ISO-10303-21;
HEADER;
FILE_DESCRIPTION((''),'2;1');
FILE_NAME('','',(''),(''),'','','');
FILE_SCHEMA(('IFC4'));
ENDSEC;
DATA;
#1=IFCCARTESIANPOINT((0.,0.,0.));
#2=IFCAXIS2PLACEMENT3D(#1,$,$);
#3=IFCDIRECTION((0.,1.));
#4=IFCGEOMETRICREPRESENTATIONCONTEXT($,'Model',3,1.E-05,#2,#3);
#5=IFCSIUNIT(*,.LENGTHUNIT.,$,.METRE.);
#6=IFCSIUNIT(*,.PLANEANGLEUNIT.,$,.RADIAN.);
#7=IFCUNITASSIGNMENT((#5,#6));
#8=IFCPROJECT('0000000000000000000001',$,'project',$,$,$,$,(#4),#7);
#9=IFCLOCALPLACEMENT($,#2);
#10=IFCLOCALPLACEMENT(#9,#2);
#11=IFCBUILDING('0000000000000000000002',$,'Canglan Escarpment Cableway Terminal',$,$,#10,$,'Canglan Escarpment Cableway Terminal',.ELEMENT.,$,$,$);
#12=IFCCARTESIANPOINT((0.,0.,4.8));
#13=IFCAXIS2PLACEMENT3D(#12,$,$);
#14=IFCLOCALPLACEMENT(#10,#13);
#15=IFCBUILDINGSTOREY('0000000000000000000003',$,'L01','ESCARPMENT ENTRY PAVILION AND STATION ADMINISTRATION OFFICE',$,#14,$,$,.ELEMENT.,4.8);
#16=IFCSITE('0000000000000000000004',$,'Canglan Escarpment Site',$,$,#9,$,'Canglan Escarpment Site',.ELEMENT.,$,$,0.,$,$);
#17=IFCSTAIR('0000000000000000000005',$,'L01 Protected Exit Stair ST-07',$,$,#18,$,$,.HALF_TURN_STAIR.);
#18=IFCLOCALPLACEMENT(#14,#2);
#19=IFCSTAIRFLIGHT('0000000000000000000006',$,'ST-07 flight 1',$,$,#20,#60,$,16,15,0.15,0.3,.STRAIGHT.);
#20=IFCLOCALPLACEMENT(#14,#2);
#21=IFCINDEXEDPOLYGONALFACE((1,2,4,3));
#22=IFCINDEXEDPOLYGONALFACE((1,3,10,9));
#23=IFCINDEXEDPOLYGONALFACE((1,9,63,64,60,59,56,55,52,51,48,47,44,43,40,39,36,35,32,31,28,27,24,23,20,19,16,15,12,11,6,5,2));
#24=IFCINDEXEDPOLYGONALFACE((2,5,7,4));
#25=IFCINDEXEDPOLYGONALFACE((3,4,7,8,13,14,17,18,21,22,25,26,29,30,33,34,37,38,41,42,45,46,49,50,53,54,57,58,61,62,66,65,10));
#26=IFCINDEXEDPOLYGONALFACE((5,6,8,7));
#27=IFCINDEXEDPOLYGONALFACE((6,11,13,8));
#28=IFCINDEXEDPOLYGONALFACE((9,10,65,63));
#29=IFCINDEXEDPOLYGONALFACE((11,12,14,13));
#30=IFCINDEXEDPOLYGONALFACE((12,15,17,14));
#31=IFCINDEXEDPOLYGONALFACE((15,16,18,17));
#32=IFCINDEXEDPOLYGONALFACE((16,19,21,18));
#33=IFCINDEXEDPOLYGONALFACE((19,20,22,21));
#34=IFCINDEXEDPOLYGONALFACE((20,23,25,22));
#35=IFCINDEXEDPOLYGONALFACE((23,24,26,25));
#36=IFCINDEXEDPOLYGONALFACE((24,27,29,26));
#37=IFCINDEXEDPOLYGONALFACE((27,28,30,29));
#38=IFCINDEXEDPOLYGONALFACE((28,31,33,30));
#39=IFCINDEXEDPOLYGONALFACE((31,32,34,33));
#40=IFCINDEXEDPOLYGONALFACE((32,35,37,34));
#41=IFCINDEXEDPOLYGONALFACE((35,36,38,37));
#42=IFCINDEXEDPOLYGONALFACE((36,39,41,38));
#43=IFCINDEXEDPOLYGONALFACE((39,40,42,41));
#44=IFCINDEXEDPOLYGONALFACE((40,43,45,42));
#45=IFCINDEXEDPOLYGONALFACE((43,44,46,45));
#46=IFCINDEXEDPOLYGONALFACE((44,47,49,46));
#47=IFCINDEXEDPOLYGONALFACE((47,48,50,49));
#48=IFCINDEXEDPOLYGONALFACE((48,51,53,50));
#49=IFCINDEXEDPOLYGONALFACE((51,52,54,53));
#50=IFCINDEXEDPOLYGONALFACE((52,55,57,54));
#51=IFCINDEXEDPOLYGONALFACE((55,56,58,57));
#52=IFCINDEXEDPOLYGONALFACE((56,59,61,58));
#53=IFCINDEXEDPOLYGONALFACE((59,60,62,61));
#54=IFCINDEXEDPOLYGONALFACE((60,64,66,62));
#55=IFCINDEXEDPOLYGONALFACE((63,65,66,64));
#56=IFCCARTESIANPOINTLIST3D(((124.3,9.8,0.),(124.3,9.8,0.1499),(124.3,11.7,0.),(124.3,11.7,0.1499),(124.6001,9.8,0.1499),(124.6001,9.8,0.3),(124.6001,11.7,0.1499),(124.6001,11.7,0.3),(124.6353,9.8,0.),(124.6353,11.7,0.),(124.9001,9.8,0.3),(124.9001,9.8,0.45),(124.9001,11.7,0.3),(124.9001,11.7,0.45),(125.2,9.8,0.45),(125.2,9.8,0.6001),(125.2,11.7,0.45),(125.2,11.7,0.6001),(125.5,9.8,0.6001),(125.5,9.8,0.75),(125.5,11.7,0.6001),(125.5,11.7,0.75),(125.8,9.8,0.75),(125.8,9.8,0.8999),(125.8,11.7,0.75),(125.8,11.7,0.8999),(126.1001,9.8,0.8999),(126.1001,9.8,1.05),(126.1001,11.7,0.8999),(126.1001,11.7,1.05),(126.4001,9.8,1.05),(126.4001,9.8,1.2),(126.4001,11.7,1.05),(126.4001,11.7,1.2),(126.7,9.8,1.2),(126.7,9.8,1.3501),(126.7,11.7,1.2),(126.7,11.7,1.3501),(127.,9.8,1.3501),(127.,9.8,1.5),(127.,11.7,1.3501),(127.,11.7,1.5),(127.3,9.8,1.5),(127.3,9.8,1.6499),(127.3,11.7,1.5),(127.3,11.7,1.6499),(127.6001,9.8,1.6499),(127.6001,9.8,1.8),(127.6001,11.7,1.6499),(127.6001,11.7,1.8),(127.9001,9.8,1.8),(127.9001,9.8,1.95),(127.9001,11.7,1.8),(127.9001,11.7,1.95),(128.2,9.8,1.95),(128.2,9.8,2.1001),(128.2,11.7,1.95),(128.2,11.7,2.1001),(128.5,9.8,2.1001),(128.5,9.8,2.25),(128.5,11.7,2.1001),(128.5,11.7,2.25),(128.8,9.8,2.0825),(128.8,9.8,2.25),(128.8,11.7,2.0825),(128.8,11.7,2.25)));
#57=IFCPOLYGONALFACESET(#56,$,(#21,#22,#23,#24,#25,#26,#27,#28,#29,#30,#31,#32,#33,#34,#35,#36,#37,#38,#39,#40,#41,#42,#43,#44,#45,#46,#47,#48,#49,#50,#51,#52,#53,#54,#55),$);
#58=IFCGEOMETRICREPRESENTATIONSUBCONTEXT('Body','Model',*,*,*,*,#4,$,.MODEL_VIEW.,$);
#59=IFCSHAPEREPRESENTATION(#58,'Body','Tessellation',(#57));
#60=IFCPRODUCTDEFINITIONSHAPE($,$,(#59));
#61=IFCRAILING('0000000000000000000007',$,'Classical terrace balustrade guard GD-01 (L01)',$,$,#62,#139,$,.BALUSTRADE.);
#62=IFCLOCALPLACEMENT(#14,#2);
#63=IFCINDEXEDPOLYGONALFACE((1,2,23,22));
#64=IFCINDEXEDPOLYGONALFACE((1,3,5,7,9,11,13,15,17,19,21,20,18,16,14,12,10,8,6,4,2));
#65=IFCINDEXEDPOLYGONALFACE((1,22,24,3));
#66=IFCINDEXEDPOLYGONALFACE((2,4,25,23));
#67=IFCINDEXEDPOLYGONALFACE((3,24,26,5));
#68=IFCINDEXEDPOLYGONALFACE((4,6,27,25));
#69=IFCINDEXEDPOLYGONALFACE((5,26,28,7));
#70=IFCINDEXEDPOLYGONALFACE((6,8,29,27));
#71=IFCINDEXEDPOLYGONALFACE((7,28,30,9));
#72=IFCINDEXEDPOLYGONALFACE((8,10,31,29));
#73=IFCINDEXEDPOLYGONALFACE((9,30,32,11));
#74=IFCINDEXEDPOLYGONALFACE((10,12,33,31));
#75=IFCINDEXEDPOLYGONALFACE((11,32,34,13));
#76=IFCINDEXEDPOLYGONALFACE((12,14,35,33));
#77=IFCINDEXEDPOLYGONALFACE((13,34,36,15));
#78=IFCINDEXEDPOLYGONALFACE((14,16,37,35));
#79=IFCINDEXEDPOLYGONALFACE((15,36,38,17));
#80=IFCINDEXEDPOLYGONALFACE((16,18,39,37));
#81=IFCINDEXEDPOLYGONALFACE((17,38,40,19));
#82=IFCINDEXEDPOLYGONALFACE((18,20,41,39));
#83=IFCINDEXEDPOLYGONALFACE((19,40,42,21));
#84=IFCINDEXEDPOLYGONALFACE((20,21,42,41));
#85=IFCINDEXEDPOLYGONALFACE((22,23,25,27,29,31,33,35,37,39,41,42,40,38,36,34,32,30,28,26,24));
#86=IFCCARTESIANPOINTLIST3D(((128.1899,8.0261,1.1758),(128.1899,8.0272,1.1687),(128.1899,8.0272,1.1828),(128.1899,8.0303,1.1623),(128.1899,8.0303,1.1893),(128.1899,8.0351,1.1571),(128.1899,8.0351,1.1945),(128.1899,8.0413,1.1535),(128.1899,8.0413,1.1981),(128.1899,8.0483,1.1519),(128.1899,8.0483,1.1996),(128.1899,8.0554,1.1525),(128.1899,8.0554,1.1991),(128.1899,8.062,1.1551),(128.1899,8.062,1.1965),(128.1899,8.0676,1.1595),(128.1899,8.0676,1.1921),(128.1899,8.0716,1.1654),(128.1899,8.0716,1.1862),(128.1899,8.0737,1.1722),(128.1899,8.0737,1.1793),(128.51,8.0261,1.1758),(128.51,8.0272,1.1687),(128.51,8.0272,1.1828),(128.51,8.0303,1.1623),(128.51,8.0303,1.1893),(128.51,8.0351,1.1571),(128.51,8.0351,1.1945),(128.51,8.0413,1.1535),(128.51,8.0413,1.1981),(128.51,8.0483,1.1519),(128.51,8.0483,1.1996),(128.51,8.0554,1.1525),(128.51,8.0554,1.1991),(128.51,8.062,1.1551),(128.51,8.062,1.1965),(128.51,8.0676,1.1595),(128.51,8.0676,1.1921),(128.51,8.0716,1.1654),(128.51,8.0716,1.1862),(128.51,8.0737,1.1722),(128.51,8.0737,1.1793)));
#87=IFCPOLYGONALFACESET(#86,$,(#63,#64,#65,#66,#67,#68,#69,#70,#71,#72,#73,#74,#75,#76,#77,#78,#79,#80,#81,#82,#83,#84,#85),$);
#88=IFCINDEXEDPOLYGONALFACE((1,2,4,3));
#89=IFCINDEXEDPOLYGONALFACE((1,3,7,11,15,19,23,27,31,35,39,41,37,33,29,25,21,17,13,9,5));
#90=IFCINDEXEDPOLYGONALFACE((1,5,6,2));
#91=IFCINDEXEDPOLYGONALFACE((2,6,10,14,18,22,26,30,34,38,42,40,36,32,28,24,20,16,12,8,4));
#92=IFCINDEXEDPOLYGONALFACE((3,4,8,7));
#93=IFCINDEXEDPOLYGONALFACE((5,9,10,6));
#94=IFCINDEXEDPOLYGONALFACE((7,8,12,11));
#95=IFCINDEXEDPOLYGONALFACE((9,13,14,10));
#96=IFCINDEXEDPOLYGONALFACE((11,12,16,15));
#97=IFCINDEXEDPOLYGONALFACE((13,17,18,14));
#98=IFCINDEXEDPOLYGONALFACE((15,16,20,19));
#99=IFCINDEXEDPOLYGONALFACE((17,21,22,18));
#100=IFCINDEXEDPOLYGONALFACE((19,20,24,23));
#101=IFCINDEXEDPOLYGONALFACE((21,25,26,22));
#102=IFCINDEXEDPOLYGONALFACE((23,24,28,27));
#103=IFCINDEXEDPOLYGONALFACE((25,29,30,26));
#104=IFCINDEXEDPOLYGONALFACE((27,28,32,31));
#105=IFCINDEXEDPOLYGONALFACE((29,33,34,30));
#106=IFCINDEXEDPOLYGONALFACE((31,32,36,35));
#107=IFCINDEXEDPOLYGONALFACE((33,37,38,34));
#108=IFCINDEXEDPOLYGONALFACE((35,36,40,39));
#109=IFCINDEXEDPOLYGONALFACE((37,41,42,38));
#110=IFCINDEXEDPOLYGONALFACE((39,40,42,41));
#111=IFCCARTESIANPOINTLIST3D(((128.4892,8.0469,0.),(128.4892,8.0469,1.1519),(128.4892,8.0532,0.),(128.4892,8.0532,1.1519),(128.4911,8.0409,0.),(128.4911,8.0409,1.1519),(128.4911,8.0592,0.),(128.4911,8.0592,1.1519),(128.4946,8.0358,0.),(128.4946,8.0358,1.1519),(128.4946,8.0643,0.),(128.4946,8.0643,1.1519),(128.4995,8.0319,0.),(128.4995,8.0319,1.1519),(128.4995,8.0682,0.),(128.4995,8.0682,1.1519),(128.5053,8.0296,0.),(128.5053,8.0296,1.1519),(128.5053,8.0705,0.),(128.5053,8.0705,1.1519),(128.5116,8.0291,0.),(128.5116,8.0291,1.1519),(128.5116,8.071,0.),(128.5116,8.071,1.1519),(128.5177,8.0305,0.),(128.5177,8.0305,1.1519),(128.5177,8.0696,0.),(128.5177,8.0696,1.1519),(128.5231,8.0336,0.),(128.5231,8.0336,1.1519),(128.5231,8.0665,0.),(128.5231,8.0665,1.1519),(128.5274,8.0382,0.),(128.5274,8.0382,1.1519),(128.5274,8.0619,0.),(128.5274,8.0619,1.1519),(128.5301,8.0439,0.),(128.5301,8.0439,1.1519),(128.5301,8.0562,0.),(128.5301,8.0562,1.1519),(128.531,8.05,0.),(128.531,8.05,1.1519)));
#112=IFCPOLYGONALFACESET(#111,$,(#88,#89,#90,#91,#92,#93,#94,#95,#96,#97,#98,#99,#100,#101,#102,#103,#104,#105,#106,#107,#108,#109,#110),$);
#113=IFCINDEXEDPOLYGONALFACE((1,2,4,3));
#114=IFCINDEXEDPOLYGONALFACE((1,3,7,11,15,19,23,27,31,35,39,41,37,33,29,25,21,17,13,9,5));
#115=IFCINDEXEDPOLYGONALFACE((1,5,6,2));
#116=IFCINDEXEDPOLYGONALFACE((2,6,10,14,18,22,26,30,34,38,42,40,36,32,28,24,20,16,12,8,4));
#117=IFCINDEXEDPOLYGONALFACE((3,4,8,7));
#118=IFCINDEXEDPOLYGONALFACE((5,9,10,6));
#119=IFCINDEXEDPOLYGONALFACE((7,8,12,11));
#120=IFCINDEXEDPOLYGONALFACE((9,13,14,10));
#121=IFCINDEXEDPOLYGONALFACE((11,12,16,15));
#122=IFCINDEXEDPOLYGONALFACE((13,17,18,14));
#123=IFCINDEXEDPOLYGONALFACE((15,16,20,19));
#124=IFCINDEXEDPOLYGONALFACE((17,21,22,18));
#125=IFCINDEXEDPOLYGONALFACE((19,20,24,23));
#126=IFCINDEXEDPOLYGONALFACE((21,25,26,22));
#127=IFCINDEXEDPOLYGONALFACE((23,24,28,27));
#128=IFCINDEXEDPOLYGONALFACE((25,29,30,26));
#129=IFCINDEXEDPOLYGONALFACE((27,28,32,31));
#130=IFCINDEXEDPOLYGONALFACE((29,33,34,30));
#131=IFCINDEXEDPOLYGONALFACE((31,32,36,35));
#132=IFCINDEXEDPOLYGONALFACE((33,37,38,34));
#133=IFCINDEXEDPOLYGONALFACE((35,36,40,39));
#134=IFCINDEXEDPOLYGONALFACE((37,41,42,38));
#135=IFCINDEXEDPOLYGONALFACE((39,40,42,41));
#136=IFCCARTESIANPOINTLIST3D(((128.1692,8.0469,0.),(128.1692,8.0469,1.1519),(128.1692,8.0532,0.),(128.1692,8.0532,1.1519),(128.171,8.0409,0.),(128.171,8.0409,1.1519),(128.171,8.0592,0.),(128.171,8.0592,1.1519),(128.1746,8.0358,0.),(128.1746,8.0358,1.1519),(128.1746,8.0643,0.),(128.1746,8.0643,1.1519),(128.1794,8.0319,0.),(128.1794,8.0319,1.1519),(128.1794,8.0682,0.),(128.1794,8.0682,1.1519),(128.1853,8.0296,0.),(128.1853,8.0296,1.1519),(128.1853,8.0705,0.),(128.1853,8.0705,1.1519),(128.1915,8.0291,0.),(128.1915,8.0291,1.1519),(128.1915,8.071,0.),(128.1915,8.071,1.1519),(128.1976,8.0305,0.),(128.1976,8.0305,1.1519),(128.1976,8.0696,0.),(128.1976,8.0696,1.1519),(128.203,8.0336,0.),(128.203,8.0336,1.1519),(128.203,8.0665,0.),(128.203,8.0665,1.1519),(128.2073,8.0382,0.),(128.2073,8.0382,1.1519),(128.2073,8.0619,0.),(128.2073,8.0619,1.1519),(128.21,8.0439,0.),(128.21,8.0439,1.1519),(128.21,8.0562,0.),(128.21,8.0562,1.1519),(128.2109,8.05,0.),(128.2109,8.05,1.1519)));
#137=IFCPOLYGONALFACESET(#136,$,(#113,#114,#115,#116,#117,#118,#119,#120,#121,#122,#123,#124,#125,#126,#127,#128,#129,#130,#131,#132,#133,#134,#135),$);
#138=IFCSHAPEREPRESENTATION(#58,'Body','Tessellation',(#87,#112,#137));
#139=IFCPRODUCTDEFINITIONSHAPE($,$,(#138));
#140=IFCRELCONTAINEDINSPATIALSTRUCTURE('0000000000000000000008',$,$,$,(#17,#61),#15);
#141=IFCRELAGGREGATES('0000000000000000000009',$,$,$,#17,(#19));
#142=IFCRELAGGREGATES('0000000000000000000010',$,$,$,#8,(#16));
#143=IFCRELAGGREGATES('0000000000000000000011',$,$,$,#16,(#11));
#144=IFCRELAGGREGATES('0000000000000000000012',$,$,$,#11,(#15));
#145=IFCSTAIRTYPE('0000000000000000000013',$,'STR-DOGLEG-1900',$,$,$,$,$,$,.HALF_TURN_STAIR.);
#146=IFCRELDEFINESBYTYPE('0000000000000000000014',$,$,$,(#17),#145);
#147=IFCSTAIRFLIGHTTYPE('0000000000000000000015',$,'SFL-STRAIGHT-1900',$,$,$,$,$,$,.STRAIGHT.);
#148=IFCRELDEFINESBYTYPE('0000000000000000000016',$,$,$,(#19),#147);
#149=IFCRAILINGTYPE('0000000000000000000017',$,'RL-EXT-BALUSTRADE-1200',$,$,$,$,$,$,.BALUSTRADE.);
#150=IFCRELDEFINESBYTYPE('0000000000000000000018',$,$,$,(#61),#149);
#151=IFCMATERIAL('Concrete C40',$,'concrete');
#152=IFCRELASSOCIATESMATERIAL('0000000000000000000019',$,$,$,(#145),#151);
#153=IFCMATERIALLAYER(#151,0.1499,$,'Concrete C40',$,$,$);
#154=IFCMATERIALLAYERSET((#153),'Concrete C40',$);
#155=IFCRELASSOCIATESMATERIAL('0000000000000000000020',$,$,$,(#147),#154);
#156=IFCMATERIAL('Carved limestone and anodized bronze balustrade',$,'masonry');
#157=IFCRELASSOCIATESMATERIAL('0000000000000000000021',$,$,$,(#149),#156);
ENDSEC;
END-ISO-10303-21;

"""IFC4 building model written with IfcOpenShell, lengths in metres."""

from ifc_helpers import new_model, si_unit, direction, frame, origin, origin_2d, place, context, subcontext, project, spatial, polyline, circle, outline, extrude, material, layer, layer_set, type_object, element, aggregate, save


model = new_model("IFC4")

# Units and contexts
model_context = context("Model", 3, precision=1e-05, world=origin(), true_north=direction((0.0, 1.0)))
body_context = subcontext(model_context, "Body", "Model", "MODEL_VIEW")
ifc_project = project(units=[si_unit("LENGTHUNIT", "METRE"), si_unit("PLANEANGLEUNIT", "RADIAN")], contexts=[model_context])

# Site, building, storey
site_placement = place(None, origin())
site = spatial("IfcSite", under=ifc_project, at=site_placement, Name="Canglan Escarpment Site", LongName="Canglan Escarpment Site", CompositionType="ELEMENT", RefElevation=0.0)
building_placement = place(site_placement, origin())
building = spatial("IfcBuilding", under=site, at=building_placement, Name="Canglan Escarpment Cableway Terminal", LongName="Canglan Escarpment Cableway Terminal", CompositionType="ELEMENT")
storey_placement = place(building_placement, frame((0.0, 0.0, 4.8)))
storey = spatial("IfcBuildingStorey", under=building, at=storey_placement, Name="L01", Description="ESCARPMENT ENTRY PAVILION AND STATION ADMINISTRATION OFFICE", CompositionType="ELEMENT", Elevation=4.8)

# Shared definitions
ifc_material_1 = material(Name="Concrete C40", Category="concrete")

# Stair, stair flight
stair_type = type_object("IfcStairType", Name="STR-DOGLEG-1900", PredefinedType="HALF_TURN_STAIR", material=ifc_material_1)
stair_placement = place(storey_placement, origin())
stair = element("IfcStair", 1, at=stair_placement, inside=storey, type_object=stair_type, Name="L01 Protected Exit Stair ST-07", PredefinedType="HALF_TURN_STAIR")
ifc_layer_1 = layer(ifc_material_1, 0.1499, Name="Concrete C40")
ifc_layer_set_1 = layer_set([ifc_layer_1], Name="Concrete C40")
stair_flight_type = type_object("IfcStairFlightType", Name="SFL-STRAIGHT-1900", PredefinedType="STRAIGHT", material=ifc_layer_set_1)
stair_flight_placement = place(storey_placement, frame((124.3, 10.75, 0.0), z_axis=(0.0, 0.0, 1.0), x_axis=(1.0, 0.0, 0.0)))
stair_flight = element("IfcStairFlight", 2, at=stair_flight_placement, type_object=stair_flight_type, Name="ST-07 flight 1", NumberOfRisers=16, NumberOfTreads=15, PredefinedType="STRAIGHT", RiserHeight=0.15, TreadLength=0.3, context=body_context, shape_type="SweptSolid", body=[
    extrude(outline(polyline([(0.0, 0.0), (0.0, 0.1499), (0.3, 0.1499), (0.3, 0.3), (0.6001, 0.3), (0.6001, 0.45), (0.8999, 0.45), (0.8999, 0.6001), (1.2, 0.6001), (1.2, 0.75), (1.5, 0.75), (1.5, 0.8999), (1.8, 0.8999), (1.8, 1.05), (2.1001, 1.05), (2.1001, 1.2), (2.3999, 1.2), (2.3999, 1.3501), (2.7, 1.3501), (2.7, 1.5), (3.0, 1.5), (3.0, 1.6499), (3.3, 1.6499), (3.3, 1.8), (3.6001, 1.8), (3.6001, 1.95), (3.8999, 1.95), (3.8999, 2.1001), (4.2, 2.1001), (4.2, 2.25), (4.5, 2.25), (4.5, 2.3999), (4.5, 2.0825), (0.3352, 0.0), (0.0, 0.0)])), frame((0.0, 0.95, 0.0), z_axis=(0.0, -1.0, 0.0), x_axis=(1.0, 0.0, 0.0)), (0.0, 0.0, 1.0), 1.8999),
])
aggregate(stair, [stair_flight])

# Railing
ifc_material_2 = material(Name="Carved limestone and anodized bronze balustrade", Category="masonry")
railing_type_1 = type_object("IfcRailingType", Name="RL-EXT-BALUSTRADE-1200", PredefinedType="BALUSTRADE", material=ifc_material_2)
for number, where, name in (
    (3, (128.51, 8.05, 0.0), "Classical terrace balustrade guard GD-01 (L01)"),
):
    element("IfcRailing", number, at=place(storey_placement, frame(where)), inside=storey, type_object=railing_type_1, Name=name, PredefinedType="BALUSTRADE", context=body_context, shape_type="SweptSolid", body=[
        extrude(circle(Radius=0.0239, at=origin_2d()), frame((0.0, 0.0, 1.1758), z_axis=(-1.0, 0.0, 0.0), x_axis=(0.0, -1.0, 0.0)), (0.0, 0.0, 1.0), 0.3201),
        extrude(circle(Radius=0.021, at=origin_2d()), origin(), (0.0, 0.0, 1.0), 1.1519),
        extrude(circle(Radius=0.021, at=origin_2d()), frame((-0.3201, 0.0, 0.0)), (0.0, 0.0, 1.0), 1.1519),
    ])

save(model, "model.ifc")
